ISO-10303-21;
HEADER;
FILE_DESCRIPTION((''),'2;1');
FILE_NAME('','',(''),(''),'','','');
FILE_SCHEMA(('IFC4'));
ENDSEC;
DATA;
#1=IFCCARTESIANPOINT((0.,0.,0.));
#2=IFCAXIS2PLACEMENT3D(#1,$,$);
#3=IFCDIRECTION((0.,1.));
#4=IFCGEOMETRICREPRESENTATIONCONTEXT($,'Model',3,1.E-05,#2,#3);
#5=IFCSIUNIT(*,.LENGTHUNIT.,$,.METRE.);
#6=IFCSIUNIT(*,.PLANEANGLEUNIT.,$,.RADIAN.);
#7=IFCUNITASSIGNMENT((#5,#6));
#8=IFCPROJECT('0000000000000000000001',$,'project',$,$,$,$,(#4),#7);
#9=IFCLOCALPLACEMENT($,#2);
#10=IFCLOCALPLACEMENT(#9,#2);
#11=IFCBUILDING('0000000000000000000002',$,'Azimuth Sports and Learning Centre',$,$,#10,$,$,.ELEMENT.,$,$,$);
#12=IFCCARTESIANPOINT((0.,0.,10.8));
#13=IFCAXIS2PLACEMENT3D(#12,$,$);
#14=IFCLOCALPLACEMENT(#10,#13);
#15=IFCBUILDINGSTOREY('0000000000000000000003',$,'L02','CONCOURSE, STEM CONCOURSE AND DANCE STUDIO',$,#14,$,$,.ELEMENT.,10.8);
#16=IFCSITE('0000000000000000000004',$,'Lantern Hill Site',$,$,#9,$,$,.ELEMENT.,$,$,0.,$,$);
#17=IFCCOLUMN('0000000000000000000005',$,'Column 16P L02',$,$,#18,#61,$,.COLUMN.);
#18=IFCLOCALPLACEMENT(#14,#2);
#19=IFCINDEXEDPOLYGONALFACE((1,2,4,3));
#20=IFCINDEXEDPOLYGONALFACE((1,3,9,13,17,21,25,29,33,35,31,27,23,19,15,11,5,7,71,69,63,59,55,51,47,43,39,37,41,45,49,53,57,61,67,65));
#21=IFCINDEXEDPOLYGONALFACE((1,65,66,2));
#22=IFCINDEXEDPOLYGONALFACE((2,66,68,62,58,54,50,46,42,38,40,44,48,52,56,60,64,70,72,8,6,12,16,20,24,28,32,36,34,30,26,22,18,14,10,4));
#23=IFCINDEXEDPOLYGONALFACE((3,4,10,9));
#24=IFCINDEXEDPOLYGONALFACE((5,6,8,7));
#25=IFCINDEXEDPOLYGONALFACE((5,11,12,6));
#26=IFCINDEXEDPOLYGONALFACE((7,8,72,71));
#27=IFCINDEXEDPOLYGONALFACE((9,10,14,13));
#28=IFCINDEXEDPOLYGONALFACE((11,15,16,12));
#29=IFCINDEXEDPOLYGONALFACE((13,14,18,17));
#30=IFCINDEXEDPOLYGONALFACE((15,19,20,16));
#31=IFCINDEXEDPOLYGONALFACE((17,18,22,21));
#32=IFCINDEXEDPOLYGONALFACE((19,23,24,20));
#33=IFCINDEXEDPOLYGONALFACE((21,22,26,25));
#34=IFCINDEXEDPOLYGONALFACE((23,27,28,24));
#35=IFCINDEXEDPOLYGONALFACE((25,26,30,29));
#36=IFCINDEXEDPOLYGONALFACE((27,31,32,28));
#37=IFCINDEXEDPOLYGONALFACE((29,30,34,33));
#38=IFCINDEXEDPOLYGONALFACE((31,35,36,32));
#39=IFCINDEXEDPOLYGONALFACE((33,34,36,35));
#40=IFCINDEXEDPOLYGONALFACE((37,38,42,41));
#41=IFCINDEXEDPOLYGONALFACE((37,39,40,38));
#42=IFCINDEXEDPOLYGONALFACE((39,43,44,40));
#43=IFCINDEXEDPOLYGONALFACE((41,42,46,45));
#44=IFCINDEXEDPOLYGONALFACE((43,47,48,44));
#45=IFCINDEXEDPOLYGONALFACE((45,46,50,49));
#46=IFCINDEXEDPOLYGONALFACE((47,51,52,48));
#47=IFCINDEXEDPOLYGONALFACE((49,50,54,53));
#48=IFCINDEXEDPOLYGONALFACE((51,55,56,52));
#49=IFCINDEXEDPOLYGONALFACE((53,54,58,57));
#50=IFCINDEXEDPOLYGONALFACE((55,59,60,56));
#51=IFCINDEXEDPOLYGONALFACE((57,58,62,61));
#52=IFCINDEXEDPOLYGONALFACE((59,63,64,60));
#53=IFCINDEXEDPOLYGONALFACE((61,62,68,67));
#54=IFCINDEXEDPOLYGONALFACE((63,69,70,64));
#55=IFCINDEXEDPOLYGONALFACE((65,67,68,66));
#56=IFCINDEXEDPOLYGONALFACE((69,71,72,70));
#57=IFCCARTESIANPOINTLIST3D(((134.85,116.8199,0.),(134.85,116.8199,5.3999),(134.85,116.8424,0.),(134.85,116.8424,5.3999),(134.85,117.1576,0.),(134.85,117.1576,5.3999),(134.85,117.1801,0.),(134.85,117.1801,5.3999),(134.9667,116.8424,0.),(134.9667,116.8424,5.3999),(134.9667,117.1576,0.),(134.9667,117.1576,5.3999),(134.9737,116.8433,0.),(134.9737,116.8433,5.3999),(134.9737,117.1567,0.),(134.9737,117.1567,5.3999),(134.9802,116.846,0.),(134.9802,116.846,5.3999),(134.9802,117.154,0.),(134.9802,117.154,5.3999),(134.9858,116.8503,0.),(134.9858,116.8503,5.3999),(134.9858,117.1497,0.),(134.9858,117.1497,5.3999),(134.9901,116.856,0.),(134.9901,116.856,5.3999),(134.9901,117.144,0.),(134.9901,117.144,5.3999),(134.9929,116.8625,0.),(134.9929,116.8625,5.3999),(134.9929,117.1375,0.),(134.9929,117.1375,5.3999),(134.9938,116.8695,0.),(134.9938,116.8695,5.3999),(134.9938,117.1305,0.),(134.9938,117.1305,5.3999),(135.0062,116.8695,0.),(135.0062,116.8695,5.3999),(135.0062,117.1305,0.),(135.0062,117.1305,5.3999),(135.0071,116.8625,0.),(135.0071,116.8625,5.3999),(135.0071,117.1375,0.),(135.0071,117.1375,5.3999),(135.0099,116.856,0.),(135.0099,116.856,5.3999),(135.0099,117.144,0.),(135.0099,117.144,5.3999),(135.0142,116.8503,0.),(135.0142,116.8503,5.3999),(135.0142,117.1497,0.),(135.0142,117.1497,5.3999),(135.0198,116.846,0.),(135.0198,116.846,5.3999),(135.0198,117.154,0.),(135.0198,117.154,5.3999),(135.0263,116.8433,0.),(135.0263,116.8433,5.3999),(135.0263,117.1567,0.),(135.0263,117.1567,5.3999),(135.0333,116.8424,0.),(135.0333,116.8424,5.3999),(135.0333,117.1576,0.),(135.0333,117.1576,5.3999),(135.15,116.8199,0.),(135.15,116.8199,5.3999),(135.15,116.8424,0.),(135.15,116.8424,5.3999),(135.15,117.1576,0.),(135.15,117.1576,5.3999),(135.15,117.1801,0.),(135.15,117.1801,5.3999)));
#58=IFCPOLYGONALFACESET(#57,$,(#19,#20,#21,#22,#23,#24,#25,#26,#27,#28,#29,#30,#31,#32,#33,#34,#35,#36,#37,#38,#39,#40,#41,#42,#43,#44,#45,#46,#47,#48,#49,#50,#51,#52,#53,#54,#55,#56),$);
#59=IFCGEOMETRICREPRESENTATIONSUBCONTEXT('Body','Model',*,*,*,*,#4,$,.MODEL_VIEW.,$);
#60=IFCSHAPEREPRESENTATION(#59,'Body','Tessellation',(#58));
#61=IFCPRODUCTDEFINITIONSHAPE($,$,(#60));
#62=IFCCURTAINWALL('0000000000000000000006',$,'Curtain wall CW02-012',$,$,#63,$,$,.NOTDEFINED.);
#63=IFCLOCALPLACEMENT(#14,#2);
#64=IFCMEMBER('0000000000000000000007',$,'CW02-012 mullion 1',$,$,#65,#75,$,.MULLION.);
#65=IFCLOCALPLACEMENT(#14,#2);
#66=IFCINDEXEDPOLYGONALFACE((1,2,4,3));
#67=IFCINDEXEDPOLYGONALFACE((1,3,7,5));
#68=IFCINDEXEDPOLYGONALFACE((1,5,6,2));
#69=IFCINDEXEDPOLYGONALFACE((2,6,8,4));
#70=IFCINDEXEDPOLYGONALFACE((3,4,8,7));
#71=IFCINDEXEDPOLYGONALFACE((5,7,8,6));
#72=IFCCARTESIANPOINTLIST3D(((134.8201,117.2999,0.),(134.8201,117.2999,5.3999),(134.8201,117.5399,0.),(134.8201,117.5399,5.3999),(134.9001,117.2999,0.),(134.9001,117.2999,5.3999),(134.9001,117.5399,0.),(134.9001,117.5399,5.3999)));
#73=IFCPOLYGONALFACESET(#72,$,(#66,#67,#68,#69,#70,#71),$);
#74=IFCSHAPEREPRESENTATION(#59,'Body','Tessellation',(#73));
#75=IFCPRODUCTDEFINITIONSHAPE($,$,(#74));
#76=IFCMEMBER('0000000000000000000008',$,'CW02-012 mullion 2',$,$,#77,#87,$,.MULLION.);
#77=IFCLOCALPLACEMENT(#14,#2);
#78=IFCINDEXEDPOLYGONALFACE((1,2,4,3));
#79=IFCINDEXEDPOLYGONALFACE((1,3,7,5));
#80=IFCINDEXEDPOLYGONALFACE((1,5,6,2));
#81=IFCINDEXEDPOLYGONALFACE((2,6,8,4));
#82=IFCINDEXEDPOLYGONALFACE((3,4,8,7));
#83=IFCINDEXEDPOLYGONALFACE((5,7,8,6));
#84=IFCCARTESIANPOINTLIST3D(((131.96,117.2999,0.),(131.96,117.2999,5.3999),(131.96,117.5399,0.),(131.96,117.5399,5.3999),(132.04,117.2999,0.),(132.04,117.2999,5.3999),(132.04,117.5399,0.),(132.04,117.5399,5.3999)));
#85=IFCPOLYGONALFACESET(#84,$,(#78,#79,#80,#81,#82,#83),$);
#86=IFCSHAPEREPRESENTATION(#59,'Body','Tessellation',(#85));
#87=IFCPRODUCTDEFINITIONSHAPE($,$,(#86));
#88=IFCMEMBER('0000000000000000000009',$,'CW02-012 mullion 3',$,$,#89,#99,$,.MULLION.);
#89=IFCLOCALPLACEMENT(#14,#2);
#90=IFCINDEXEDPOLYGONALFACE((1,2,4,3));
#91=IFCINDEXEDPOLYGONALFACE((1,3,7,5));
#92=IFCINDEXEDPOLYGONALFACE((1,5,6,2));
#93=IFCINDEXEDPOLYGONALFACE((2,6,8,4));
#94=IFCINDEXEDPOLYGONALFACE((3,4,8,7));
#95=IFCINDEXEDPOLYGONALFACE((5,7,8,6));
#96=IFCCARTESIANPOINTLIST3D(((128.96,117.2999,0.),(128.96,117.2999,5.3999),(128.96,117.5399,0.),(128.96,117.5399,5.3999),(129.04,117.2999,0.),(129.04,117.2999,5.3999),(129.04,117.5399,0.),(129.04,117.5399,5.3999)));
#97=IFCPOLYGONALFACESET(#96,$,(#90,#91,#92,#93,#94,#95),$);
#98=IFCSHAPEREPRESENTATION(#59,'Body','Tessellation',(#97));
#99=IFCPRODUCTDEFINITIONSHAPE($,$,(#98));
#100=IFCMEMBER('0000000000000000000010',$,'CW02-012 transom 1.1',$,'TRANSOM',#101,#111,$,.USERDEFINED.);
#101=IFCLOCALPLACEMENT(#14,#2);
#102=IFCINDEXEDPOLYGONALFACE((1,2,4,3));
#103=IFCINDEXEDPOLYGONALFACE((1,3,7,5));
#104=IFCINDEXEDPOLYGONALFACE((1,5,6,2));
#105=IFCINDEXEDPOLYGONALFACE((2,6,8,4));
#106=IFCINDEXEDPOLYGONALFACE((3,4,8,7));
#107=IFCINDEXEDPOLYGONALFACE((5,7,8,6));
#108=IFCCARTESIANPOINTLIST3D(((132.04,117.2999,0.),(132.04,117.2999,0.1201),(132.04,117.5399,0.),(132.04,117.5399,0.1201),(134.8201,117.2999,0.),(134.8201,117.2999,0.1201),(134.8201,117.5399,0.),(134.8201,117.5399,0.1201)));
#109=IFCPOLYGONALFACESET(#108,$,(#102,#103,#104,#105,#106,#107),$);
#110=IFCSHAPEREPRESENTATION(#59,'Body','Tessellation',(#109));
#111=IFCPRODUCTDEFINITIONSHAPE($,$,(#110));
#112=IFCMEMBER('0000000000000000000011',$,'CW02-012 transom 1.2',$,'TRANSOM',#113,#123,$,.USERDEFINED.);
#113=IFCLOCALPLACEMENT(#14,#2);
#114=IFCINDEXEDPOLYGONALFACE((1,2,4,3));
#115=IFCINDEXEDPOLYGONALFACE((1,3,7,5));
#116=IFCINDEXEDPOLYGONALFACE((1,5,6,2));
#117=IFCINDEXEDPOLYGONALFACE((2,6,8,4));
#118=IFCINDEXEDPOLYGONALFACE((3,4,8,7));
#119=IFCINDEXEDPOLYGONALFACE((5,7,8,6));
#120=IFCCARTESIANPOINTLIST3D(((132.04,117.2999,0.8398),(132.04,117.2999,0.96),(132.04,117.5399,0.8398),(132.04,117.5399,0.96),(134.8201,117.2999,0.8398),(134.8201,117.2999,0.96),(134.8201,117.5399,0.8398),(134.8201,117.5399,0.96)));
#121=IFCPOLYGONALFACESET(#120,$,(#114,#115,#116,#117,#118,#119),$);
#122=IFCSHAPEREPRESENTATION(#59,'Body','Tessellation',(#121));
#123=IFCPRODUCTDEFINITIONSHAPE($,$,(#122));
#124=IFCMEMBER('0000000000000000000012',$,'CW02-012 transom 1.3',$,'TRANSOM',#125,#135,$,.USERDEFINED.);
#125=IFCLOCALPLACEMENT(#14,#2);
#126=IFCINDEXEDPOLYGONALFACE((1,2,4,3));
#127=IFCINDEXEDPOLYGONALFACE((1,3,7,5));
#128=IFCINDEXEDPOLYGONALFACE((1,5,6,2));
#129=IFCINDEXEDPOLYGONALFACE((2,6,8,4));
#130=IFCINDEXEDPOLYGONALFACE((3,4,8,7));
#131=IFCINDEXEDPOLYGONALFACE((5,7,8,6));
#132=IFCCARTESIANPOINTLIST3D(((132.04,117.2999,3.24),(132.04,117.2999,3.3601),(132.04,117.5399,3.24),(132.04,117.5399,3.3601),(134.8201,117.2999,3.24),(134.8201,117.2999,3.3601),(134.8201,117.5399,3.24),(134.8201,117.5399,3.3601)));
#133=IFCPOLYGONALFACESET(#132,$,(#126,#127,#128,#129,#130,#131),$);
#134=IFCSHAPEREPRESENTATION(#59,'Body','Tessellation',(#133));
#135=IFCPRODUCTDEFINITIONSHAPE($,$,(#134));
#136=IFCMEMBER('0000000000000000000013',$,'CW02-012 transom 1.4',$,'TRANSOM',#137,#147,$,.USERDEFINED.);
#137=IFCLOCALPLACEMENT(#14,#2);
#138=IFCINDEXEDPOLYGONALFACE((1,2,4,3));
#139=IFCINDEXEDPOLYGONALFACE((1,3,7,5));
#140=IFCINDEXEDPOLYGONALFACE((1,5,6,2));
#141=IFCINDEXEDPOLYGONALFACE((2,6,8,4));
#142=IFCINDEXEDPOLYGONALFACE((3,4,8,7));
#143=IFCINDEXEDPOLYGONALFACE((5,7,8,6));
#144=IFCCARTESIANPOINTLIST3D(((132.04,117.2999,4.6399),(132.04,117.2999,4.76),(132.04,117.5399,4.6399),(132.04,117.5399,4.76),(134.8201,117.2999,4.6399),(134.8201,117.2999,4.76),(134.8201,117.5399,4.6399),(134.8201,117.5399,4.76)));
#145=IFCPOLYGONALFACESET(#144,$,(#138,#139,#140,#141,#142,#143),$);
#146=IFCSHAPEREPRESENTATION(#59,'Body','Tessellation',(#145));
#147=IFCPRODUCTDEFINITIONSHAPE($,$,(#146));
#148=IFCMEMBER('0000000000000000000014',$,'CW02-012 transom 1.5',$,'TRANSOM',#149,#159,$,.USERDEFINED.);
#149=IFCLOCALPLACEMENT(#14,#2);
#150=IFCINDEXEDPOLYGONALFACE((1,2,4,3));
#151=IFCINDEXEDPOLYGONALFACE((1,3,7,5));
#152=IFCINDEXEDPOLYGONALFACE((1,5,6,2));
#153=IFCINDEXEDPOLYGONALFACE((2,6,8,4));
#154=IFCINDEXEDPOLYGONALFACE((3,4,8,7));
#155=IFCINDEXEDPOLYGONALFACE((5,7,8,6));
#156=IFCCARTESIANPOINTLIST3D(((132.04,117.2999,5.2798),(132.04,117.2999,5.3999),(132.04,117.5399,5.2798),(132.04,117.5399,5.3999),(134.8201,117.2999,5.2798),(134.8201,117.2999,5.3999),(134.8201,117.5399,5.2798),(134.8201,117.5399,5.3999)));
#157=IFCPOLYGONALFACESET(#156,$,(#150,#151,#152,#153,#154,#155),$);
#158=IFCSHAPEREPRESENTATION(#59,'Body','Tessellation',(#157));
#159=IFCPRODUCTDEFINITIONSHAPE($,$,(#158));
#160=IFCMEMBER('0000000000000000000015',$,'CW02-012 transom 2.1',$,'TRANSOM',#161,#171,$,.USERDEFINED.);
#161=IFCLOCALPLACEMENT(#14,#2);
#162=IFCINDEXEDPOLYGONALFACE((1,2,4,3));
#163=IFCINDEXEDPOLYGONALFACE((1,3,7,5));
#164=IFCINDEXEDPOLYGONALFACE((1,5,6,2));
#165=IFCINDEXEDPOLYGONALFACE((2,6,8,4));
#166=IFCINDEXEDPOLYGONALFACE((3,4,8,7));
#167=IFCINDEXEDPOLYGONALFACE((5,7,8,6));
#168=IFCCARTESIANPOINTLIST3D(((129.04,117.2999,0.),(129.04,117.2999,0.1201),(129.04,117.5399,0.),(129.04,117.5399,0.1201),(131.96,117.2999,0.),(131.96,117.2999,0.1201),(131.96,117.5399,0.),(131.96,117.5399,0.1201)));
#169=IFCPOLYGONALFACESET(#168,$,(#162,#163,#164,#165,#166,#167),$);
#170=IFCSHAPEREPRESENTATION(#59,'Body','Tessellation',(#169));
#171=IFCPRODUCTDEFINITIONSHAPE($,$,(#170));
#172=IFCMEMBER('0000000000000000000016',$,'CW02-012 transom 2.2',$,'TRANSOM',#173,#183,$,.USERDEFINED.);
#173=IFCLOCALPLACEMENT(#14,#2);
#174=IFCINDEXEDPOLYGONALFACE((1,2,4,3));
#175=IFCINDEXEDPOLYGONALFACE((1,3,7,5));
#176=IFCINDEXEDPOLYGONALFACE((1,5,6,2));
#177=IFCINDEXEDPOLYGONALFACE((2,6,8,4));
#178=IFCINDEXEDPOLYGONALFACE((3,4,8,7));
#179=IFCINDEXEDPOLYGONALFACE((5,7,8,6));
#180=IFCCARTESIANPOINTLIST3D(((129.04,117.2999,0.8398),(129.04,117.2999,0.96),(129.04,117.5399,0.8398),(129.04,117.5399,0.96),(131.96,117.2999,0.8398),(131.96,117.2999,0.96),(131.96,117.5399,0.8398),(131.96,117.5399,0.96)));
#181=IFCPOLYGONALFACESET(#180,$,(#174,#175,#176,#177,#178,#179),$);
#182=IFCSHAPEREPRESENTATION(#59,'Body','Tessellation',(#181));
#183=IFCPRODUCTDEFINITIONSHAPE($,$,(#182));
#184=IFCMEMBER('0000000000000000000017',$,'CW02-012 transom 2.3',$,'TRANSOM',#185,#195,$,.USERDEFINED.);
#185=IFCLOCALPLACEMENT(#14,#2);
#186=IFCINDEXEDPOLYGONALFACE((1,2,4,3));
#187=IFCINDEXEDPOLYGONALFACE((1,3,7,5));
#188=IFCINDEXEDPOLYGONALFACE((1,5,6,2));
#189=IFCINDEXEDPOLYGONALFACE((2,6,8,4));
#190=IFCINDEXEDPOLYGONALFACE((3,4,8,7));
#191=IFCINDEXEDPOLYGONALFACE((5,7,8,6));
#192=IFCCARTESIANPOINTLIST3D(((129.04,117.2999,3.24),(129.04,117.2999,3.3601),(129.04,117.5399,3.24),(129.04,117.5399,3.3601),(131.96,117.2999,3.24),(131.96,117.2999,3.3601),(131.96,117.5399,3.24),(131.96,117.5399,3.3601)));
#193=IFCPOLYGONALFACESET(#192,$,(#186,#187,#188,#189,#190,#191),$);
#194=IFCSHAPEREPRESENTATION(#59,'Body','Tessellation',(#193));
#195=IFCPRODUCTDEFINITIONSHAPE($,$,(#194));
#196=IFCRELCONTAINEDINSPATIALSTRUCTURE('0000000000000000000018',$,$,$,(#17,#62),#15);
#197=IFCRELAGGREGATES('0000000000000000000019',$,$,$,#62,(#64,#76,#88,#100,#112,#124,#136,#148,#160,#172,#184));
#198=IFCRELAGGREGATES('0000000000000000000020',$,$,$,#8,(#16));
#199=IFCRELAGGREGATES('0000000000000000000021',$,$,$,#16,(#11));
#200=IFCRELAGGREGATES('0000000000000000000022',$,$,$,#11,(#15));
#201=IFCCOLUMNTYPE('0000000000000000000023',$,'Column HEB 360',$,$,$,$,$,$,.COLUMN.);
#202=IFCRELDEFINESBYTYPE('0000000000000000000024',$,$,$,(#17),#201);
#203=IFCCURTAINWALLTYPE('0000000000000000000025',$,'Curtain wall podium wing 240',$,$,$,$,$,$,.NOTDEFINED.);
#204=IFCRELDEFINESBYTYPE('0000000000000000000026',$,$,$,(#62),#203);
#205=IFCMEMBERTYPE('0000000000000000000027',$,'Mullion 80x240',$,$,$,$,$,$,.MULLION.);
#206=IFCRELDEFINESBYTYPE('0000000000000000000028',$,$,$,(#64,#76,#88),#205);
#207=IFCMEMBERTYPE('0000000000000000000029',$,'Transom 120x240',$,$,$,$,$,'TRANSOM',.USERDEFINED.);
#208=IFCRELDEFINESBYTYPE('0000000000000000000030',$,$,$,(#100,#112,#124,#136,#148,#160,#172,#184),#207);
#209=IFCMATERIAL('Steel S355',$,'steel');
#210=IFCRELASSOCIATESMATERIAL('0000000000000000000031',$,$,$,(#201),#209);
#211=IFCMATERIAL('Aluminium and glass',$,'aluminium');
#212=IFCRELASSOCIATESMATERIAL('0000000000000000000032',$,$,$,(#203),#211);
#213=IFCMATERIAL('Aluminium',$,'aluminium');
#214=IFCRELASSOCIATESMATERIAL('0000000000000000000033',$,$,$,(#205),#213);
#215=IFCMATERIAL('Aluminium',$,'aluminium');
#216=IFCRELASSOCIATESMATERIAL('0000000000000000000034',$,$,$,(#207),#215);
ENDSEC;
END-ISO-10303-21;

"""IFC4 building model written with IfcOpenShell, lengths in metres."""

from ifc_helpers import new_model, si_unit, direction, frame, origin, origin_2d, place, context, subcontext, project, spatial, rectangle, i_section, extrude, material, material_profile, profile_set, type_object, element, aggregate, save


model = new_model("IFC4")

# Units and contexts
model_context = context("Model", 3, precision=1e-05, world=origin(), true_north=direction((0.0, 1.0)))
body_context = subcontext(model_context, "Body", "Model", "MODEL_VIEW")
ifc_project = project(units=[si_unit("LENGTHUNIT", "METRE"), si_unit("PLANEANGLEUNIT", "RADIAN")], contexts=[model_context])

# Site, building, storey
site_placement = place(None, origin())
site = spatial("IfcSite", under=ifc_project, at=site_placement, Name="Lantern Hill Site", CompositionType="ELEMENT", RefElevation=0.0)
building_placement = place(site_placement, origin())
building = spatial("IfcBuilding", under=site, at=building_placement, Name="Azimuth Sports and Learning Centre", CompositionType="ELEMENT")
storey_placement = place(building_placement, frame((0.0, 0.0, 10.8)))
storey = spatial("IfcBuildingStorey", under=building, at=storey_placement, Name="L02", Description="CONCOURSE, STEM CONCOURSE AND DANCE STUDIO", CompositionType="ELEMENT", Elevation=10.8)

# Column
ifc_material_1 = material(Name="Steel S355", Category="steel")
ifc_material_profile_1 = material_profile(ifc_material_1, i_section(OverallWidth=0.3, OverallDepth=0.3601, WebThickness=0.0125, FlangeThickness=0.0225, FilletRadius=0.0271, at=origin_2d()), Name="HEB 360")
ifc_profile_set_1 = profile_set([ifc_material_profile_1], Name="Steel S355")
column_type = type_object("IfcColumnType", Name="Column HEB 360", PredefinedType="COLUMN", material=ifc_profile_set_1)
column_placement = place(storey_placement, frame((135.0, 117.0, 0.0), z_axis=(0.0, 0.0, 1.0), x_axis=(1.0, 0.0, 0.0)))
element("IfcColumn", 1, at=column_placement, inside=storey, type_object=column_type, Name="Column 16P L02", PredefinedType="COLUMN", context=body_context, shape_type="SweptSolid", body=[
    extrude(i_section(OverallWidth=0.3, OverallDepth=0.3601, WebThickness=0.0125, FlangeThickness=0.0225, FilletRadius=0.0271, at=origin_2d()), origin(), (0.0, 0.0, 1.0), 5.3999),
])

# Curtain wall, members
ifc_material_2 = material(Name="Aluminium and glass", Category="aluminium")
curtain_wall_type = type_object("IfcCurtainWallType", Name="Curtain wall podium wing 240", PredefinedType="NOTDEFINED", material=ifc_material_2)
curtain_wall_placement = place(storey_placement, origin())
curtain_wall = element("IfcCurtainWall", 2, at=curtain_wall_placement, inside=storey, type_object=curtain_wall_type, Name="Curtain wall CW02-012", PredefinedType="NOTDEFINED")
ifc_material_3 = material(Name="Aluminium", Category="aluminium")
ifc_material_profile_2 = material_profile(ifc_material_3, rectangle(XDim=0.24, YDim=0.0801, at=origin_2d()), Name="Mullion 80x240")
ifc_profile_set_2 = profile_set([ifc_material_profile_2], Name="Aluminium")
member_type_1 = type_object("IfcMemberType", Name="Mullion 80x240", PredefinedType="MULLION", material=ifc_profile_set_2)
member_1_placement = place(storey_placement, frame((134.8601, 117.4199, 0.0), z_axis=(0.0, 0.0, 1.0), x_axis=(0.0, -1.0, 0.0)))
member_1 = element("IfcMember", 3, at=member_1_placement, type_object=member_type_1, Name="CW02-012 mullion 1", PredefinedType="MULLION", context=body_context, shape_type="SweptSolid", body=[
    extrude(rectangle(XDim=0.24, YDim=0.0801, at=origin_2d()), origin(), (0.0, 0.0, 1.0), 5.3999),
])
member_2_placement = place(storey_placement, frame((132.0, 117.4199, 0.0), z_axis=(0.0, 0.0, 1.0), x_axis=(0.0, -1.0, 0.0)))
member_2 = element("IfcMember", 4, at=member_2_placement, type_object=member_type_1, Name="CW02-012 mullion 2", PredefinedType="MULLION", context=body_context, shape_type="SweptSolid", body=[
    extrude(rectangle(XDim=0.24, YDim=0.0801, at=origin_2d()), origin(), (0.0, 0.0, 1.0), 5.3999),
])
member_3_placement = place(storey_placement, frame((129.0, 117.4199, 0.0), z_axis=(0.0, 0.0, 1.0), x_axis=(0.0, -1.0, 0.0)))
member_3 = element("IfcMember", 5, at=member_3_placement, type_object=member_type_1, Name="CW02-012 mullion 3", PredefinedType="MULLION", context=body_context, shape_type="SweptSolid", body=[
    extrude(rectangle(XDim=0.24, YDim=0.0801, at=origin_2d()), origin(), (0.0, 0.0, 1.0), 5.3999),
])
ifc_material_4 = material(Name="Aluminium", Category="aluminium")
ifc_material_profile_3 = material_profile(ifc_material_4, rectangle(XDim=0.24, YDim=0.1201, at=origin_2d()), Name="Transom 120x240")
ifc_profile_set_3 = profile_set([ifc_material_profile_3], Name="Aluminium")
member_type_2 = type_object("IfcMemberType", Name="Transom 120x240", ElementType="TRANSOM", PredefinedType="USERDEFINED", material=ifc_profile_set_3)
member_4_placement = place(storey_placement, frame((134.8201, 117.4199, 0.0601), z_axis=(-1.0, 0.0, 0.0), x_axis=(0.0, -1.0, 0.0)))
member_4 = element("IfcMember", 6, at=member_4_placement, type_object=member_type_2, Name="CW02-012 transom 1.1", ObjectType="TRANSOM", PredefinedType="USERDEFINED", context=body_context, shape_type="SweptSolid", body=[
    extrude(rectangle(XDim=0.24, YDim=0.1201, at=origin_2d()), origin(), (0.0, 0.0, 1.0), 2.78),
])
member_5_placement = place(storey_placement, frame((134.8201, 117.4199, 0.8999), z_axis=(-1.0, 0.0, 0.0), x_axis=(0.0, -1.0, 0.0)))
member_5 = element("IfcMember", 7, at=member_5_placement, type_object=member_type_2, Name="CW02-012 transom 1.2", ObjectType="TRANSOM", PredefinedType="USERDEFINED", context=body_context, shape_type="SweptSolid", body=[
    extrude(rectangle(XDim=0.24, YDim=0.1201, at=origin_2d()), origin(), (0.0, 0.0, 1.0), 2.78),
])
member_6_placement = place(storey_placement, frame((134.8201, 117.4199, 3.3), z_axis=(-1.0, 0.0, 0.0), x_axis=(0.0, -1.0, 0.0)))
member_6 = element("IfcMember", 8, at=member_6_placement, type_object=member_type_2, Name="CW02-012 transom 1.3", ObjectType="TRANSOM", PredefinedType="USERDEFINED", context=body_context, shape_type="SweptSolid", body=[
    extrude(rectangle(XDim=0.24, YDim=0.1201, at=origin_2d()), origin(), (0.0, 0.0, 1.0), 2.78),
])
member_7_placement = place(storey_placement, frame((134.8201, 117.4199, 4.7), z_axis=(-1.0, 0.0, 0.0), x_axis=(0.0, -1.0, 0.0)))
member_7 = element("IfcMember", 9, at=member_7_placement, type_object=member_type_2, Name="CW02-012 transom 1.4", ObjectType="TRANSOM", PredefinedType="USERDEFINED", context=body_context, shape_type="SweptSolid", body=[
    extrude(rectangle(XDim=0.24, YDim=0.1201, at=origin_2d()), origin(), (0.0, 0.0, 1.0), 2.78),
])
member_8_placement = place(storey_placement, frame((134.8201, 117.4199, 5.3398), z_axis=(-1.0, 0.0, 0.0), x_axis=(0.0, -1.0, 0.0)))
member_8 = element("IfcMember", 10, at=member_8_placement, type_object=member_type_2, Name="CW02-012 transom 1.5", ObjectType="TRANSOM", PredefinedType="USERDEFINED", context=body_context, shape_type="SweptSolid", body=[
    extrude(rectangle(XDim=0.24, YDim=0.1201, at=origin_2d()), origin(), (0.0, 0.0, 1.0), 2.78),
])
member_9_placement = place(storey_placement, frame((131.96, 117.4199, 0.0601), z_axis=(-1.0, 0.0, 0.0), x_axis=(0.0, -1.0, 0.0)))
member_9 = element("IfcMember", 11, at=member_9_placement, type_object=member_type_2, Name="CW02-012 transom 2.1", ObjectType="TRANSOM", PredefinedType="USERDEFINED", context=body_context, shape_type="SweptSolid", body=[
    extrude(rectangle(XDim=0.24, YDim=0.1201, at=origin_2d()), origin(), (0.0, 0.0, 1.0), 2.9199),
])
member_10_placement = place(storey_placement, frame((131.96, 117.4199, 0.8999), z_axis=(-1.0, 0.0, 0.0), x_axis=(0.0, -1.0, 0.0)))
member_10 = element("IfcMember", 12, at=member_10_placement, type_object=member_type_2, Name="CW02-012 transom 2.2", ObjectType="TRANSOM", PredefinedType="USERDEFINED", context=body_context, shape_type="SweptSolid", body=[
    extrude(rectangle(XDim=0.24, YDim=0.1201, at=origin_2d()), origin(), (0.0, 0.0, 1.0), 2.9199),
])
member_11_placement = place(storey_placement, frame((131.96, 117.4199, 3.3), z_axis=(-1.0, 0.0, 0.0), x_axis=(0.0, -1.0, 0.0)))
member_11 = element("IfcMember", 13, at=member_11_placement, type_object=member_type_2, Name="CW02-012 transom 2.3", ObjectType="TRANSOM", PredefinedType="USERDEFINED", context=body_context, shape_type="SweptSolid", body=[
    extrude(rectangle(XDim=0.24, YDim=0.1201, at=origin_2d()), origin(), (0.0, 0.0, 1.0), 2.9199),
])
aggregate(curtain_wall, [member_1, member_2, member_3, member_4, member_5, member_6, member_7, member_8, member_9, member_10, member_11])

save(model, "model.ifc")
